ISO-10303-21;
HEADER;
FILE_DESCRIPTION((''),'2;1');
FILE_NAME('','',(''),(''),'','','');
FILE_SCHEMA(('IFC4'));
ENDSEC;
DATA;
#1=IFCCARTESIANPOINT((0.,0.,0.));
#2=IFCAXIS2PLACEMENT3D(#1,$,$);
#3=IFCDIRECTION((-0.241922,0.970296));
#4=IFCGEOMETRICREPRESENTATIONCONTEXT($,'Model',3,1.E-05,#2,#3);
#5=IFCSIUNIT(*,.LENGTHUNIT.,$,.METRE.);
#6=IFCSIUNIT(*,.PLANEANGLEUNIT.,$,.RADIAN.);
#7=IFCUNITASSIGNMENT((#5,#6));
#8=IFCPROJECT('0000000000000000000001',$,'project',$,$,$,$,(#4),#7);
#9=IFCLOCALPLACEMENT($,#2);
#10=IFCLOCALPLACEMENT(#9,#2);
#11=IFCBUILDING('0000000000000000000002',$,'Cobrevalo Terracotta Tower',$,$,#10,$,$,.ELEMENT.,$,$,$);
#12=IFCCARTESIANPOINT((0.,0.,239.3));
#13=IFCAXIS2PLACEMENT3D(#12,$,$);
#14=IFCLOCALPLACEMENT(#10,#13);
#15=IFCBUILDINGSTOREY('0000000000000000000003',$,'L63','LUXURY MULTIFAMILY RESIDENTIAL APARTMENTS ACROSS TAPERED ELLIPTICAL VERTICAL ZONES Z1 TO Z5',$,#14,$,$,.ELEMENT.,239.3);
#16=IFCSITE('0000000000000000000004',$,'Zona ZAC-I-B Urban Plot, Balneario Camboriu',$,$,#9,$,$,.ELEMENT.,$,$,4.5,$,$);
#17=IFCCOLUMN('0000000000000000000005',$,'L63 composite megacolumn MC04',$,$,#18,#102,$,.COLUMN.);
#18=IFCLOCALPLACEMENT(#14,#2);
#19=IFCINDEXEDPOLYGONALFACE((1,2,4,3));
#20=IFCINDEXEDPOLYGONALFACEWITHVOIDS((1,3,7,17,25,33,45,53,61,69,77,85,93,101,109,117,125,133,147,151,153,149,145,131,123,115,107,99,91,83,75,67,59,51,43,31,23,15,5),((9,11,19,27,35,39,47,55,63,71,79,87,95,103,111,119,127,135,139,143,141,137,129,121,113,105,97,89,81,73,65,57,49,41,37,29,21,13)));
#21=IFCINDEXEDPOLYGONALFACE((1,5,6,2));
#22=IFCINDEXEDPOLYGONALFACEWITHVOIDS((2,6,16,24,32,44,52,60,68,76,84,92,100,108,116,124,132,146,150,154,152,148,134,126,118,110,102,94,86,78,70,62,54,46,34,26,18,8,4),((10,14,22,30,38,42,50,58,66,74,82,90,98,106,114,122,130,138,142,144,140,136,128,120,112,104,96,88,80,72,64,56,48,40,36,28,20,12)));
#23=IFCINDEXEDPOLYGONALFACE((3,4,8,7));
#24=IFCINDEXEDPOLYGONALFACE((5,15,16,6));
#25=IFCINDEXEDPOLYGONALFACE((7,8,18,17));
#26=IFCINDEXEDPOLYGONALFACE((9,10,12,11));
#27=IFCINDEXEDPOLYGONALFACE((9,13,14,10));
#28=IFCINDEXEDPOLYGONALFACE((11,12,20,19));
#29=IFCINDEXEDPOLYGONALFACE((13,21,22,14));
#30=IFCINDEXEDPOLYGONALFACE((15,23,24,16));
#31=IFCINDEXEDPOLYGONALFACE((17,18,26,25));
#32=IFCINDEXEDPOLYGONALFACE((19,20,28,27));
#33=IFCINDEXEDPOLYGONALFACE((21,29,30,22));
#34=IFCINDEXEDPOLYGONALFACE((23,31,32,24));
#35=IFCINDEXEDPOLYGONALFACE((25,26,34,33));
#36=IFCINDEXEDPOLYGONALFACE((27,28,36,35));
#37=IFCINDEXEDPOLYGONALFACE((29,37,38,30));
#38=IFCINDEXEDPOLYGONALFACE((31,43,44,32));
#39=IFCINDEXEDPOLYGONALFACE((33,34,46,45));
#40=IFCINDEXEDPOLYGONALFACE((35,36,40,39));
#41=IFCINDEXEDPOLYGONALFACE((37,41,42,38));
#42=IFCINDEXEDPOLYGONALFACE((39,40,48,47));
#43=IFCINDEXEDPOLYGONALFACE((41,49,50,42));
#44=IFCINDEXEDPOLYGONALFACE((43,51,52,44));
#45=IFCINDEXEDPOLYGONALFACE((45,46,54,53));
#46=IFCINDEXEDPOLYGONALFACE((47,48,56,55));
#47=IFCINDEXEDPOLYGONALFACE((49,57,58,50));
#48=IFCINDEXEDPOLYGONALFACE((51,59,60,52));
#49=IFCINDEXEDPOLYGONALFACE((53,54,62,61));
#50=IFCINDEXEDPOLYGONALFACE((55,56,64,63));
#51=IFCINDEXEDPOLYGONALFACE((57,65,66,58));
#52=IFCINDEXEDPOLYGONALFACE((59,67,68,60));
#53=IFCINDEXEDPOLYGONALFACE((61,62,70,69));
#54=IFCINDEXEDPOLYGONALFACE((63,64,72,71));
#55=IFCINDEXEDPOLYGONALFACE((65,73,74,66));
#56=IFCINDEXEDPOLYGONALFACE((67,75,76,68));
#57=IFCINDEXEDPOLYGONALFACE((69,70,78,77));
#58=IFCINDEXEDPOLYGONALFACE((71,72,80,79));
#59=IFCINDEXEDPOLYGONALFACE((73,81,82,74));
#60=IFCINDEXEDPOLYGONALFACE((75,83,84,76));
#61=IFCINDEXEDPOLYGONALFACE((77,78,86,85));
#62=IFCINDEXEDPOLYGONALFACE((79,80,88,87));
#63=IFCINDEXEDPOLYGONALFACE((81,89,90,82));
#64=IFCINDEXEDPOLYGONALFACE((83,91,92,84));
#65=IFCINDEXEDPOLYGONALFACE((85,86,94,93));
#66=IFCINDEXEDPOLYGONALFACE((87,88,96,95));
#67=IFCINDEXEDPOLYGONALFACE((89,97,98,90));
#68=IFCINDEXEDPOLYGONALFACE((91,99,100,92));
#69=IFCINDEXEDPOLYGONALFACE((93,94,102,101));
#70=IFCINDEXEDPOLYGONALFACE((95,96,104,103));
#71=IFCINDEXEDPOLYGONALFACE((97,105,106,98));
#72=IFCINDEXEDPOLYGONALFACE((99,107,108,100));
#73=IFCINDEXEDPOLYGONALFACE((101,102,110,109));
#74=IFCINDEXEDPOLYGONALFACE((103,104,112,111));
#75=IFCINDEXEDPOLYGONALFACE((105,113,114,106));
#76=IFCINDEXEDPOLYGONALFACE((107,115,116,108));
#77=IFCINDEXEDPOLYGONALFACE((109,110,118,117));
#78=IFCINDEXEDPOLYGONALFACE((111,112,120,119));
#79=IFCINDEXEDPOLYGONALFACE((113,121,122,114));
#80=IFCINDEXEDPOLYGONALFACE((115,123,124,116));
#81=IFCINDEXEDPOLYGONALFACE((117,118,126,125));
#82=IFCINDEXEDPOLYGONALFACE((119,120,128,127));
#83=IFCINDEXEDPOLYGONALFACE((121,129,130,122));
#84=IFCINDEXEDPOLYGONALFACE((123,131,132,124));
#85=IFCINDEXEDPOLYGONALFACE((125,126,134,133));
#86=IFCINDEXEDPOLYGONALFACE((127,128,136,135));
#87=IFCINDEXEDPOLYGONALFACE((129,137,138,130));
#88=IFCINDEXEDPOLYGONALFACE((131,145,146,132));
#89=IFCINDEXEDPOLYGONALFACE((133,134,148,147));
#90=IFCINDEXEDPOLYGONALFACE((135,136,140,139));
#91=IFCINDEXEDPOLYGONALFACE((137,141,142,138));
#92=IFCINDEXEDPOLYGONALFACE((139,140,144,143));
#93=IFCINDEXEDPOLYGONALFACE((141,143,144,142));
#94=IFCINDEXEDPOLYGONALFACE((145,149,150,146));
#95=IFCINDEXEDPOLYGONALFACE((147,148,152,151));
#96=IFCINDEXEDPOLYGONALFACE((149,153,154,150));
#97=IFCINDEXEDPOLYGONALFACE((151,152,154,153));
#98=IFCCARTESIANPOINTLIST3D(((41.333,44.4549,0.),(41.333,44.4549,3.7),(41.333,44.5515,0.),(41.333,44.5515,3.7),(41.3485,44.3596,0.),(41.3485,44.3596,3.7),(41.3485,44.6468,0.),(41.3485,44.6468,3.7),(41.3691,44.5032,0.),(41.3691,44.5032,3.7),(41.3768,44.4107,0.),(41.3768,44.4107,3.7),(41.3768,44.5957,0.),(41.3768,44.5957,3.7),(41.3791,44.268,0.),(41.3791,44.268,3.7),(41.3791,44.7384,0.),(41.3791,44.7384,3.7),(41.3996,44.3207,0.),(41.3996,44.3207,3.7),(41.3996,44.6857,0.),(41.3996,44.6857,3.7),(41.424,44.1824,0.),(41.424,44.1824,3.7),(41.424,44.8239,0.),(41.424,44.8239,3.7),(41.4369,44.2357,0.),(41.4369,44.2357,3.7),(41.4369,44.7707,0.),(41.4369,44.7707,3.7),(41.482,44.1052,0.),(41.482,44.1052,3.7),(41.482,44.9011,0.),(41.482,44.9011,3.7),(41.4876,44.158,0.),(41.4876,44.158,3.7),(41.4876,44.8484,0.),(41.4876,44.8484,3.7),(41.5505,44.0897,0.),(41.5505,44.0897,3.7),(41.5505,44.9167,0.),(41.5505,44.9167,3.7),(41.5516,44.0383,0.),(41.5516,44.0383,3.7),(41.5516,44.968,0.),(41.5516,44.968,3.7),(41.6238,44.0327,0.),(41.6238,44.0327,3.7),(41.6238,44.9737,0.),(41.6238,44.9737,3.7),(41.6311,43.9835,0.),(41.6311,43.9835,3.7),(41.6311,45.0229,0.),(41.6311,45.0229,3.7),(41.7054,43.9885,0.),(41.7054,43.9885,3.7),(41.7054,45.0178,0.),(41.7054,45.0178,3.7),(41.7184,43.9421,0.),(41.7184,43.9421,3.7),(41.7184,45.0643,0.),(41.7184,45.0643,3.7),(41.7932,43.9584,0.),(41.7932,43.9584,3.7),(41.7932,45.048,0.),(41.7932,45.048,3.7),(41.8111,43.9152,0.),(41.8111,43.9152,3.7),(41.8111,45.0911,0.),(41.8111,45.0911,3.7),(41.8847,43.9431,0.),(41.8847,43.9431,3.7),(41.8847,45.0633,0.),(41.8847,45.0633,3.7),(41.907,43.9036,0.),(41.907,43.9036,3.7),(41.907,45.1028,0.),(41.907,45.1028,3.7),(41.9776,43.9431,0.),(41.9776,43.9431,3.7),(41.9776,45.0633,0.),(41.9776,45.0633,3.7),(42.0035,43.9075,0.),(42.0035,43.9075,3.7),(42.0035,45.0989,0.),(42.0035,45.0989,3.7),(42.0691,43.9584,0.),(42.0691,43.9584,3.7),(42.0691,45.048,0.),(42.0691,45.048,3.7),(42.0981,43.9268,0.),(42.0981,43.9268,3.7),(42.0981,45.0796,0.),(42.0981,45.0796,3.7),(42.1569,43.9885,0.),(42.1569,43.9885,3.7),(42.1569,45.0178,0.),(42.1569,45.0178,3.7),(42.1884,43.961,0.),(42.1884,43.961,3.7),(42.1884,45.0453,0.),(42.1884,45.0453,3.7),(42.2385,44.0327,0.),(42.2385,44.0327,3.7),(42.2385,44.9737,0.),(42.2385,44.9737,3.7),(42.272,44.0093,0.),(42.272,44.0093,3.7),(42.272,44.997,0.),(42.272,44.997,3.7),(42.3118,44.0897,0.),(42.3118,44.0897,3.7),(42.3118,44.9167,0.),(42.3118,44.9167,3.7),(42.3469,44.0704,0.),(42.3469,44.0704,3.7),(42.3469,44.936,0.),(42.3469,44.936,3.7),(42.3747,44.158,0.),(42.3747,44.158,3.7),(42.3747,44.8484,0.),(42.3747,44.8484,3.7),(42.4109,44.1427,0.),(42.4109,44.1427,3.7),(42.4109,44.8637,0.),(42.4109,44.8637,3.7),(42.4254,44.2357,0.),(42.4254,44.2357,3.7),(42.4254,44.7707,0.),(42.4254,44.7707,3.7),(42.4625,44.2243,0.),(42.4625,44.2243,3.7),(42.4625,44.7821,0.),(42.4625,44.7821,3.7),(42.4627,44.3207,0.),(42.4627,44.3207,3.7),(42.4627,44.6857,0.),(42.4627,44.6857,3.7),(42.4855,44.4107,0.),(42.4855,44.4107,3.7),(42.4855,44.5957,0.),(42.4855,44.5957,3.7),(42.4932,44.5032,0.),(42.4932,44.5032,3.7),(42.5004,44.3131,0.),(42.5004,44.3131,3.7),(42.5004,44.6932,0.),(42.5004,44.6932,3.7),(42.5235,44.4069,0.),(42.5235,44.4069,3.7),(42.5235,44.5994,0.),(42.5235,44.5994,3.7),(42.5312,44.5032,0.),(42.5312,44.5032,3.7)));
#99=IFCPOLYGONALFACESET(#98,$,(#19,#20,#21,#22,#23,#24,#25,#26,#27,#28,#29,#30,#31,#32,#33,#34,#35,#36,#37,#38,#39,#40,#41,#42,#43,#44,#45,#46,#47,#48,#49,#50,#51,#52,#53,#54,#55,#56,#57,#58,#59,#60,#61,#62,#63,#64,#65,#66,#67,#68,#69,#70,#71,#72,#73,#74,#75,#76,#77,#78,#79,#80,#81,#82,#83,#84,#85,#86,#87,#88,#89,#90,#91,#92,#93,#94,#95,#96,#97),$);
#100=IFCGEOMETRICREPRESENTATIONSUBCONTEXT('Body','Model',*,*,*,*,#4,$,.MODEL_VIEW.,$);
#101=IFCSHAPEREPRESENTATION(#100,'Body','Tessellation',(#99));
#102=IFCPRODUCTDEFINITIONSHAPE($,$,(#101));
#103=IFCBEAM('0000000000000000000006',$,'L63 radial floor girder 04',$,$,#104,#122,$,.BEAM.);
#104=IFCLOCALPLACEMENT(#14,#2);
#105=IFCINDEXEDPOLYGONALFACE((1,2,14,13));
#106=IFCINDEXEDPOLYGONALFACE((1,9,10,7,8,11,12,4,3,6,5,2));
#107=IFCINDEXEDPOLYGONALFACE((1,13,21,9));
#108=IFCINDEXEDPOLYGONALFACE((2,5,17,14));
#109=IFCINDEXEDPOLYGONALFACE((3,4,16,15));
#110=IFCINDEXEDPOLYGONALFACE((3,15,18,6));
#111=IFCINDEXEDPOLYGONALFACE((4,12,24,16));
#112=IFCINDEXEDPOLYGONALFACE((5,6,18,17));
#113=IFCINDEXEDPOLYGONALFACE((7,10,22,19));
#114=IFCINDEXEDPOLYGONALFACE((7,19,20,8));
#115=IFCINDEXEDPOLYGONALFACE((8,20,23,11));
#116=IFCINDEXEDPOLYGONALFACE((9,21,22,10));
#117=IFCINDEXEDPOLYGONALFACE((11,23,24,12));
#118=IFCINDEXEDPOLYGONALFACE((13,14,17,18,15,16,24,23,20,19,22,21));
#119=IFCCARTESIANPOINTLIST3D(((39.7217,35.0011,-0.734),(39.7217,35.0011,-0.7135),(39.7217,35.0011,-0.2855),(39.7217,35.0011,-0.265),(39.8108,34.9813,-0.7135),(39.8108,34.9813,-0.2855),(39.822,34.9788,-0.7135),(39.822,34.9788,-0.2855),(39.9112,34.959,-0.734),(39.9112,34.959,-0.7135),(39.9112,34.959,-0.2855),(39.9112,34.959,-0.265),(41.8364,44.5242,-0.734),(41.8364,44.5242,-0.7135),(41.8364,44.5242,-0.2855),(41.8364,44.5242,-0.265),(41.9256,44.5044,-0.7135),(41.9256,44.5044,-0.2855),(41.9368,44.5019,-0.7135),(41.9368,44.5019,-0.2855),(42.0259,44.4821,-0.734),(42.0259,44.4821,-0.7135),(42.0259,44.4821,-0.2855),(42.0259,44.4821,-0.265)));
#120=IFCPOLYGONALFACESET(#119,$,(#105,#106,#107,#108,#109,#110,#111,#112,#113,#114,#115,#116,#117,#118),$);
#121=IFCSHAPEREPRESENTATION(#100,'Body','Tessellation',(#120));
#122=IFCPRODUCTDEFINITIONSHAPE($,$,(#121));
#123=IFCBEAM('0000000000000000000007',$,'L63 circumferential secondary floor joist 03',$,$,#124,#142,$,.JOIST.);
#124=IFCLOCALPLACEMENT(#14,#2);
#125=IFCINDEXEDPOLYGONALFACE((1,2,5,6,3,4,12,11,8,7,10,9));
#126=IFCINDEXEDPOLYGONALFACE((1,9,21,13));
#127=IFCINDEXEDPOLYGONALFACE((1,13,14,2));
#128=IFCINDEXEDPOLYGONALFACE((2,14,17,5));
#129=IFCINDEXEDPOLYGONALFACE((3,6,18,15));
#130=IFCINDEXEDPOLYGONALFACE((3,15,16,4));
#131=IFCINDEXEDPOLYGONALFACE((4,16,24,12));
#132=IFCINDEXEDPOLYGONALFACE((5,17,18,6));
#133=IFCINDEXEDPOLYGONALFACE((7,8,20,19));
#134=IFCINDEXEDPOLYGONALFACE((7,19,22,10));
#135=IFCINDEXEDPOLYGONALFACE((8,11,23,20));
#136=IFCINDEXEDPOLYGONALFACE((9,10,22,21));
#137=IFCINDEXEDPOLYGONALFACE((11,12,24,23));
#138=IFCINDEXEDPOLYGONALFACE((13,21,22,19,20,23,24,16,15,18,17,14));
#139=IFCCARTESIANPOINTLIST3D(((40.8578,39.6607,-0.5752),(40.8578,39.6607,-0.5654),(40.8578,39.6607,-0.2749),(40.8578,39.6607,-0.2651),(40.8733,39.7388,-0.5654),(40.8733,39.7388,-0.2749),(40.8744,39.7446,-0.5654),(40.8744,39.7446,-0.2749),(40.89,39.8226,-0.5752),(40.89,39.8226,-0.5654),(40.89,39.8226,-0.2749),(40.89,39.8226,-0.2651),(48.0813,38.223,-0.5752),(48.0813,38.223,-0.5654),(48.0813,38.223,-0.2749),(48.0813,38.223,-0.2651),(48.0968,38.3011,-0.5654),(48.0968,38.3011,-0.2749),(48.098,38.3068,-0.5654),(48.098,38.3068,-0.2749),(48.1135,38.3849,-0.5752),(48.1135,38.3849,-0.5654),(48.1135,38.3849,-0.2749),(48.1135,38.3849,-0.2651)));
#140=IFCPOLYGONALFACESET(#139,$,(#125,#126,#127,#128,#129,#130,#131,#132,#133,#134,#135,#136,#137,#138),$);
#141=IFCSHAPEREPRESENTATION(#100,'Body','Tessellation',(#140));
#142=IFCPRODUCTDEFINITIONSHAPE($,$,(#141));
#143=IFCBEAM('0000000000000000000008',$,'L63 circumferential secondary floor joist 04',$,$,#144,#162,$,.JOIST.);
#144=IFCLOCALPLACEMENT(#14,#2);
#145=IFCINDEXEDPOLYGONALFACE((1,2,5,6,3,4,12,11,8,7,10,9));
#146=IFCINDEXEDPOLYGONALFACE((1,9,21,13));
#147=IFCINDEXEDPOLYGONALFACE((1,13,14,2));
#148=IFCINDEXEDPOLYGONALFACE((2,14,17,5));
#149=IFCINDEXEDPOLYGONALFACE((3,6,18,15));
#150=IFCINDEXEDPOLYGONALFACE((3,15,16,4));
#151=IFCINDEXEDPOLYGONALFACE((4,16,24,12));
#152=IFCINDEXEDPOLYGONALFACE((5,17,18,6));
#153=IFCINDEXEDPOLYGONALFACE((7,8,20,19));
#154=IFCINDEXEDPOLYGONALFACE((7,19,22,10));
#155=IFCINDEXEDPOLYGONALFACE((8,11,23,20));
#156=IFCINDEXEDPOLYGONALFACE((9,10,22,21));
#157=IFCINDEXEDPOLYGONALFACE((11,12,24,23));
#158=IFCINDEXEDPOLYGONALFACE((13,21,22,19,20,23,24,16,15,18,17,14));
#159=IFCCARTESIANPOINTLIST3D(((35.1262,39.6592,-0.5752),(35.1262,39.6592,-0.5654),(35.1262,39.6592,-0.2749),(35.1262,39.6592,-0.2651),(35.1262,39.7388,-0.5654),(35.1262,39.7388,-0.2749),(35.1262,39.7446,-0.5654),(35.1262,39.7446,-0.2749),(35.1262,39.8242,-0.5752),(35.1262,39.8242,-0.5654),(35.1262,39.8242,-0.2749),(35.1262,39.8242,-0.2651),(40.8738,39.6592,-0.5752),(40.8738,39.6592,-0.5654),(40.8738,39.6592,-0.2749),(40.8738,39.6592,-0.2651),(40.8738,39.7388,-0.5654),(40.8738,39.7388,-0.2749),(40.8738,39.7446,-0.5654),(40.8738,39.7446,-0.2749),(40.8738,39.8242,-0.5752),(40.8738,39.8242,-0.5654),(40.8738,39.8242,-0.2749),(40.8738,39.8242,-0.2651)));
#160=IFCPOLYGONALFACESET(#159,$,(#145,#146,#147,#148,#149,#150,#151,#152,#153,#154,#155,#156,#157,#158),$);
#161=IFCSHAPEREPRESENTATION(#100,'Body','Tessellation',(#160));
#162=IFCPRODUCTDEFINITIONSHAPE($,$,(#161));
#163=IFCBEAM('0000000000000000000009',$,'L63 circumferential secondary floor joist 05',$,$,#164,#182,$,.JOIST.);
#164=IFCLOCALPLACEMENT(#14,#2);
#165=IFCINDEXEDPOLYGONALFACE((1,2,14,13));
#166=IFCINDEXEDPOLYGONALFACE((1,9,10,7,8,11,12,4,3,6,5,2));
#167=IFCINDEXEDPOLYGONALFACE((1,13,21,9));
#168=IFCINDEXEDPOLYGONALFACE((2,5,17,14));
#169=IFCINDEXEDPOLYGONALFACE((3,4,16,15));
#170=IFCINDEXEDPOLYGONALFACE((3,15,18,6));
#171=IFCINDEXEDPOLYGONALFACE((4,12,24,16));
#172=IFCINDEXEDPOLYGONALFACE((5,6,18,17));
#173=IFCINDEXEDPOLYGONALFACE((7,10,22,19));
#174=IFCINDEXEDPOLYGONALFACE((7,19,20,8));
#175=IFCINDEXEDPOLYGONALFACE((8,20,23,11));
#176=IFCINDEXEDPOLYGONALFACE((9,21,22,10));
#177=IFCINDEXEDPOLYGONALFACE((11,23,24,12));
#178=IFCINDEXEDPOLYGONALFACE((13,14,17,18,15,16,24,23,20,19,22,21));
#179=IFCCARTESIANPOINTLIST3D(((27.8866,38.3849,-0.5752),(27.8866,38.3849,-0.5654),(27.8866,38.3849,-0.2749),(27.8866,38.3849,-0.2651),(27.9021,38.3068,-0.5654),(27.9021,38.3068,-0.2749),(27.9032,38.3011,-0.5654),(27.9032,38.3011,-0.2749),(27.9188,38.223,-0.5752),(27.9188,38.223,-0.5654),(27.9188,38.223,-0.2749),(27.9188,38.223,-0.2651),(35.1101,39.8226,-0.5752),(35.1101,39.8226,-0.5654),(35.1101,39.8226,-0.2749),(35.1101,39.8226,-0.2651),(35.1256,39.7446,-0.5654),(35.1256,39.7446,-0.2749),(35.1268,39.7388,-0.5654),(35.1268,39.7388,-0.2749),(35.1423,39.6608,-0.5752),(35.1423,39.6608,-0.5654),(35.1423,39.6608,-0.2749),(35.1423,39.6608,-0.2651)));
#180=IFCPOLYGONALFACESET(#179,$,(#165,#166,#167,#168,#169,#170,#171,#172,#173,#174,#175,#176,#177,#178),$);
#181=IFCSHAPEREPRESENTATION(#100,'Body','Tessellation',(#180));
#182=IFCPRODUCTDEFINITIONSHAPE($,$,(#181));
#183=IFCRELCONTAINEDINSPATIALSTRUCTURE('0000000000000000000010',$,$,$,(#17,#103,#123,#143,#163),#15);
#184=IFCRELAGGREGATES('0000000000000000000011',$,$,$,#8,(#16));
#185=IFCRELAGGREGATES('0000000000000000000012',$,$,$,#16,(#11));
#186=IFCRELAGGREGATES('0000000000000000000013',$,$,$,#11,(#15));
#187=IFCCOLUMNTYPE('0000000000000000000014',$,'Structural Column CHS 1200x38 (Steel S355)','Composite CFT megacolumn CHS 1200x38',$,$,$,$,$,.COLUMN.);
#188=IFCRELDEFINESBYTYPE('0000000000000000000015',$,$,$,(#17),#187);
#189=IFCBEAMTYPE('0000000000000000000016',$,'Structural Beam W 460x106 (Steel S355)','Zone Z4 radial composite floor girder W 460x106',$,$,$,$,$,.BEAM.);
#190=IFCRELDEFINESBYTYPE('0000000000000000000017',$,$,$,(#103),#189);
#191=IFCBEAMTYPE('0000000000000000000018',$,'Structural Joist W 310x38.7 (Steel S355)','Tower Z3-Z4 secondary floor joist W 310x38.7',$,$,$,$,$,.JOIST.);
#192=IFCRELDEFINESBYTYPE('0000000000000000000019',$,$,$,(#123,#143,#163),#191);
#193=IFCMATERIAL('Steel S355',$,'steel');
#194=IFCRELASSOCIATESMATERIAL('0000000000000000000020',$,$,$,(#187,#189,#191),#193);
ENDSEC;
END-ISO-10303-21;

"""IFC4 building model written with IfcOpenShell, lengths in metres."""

from ifc_helpers import new_model, si_unit, direction, frame, origin, origin_2d, place, context, subcontext, project, spatial, hollow_circle, i_section, extrude, material, material_profile, profile_set, type_object, element, save


model = new_model("IFC4")

# Units and contexts
model_context = context("Model", 3, precision=1e-05, world=origin(), true_north=direction((-0.241922, 0.970296)))
body_context = subcontext(model_context, "Body", "Model", "MODEL_VIEW")
ifc_project = project(units=[si_unit("LENGTHUNIT", "METRE"), si_unit("PLANEANGLEUNIT", "RADIAN")], contexts=[model_context])

# Site, building, storey
site_placement = place(None, origin())
site = spatial("IfcSite", under=ifc_project, at=site_placement, Name="Zona ZAC-I-B Urban Plot, Balneario Camboriu", CompositionType="ELEMENT", RefElevation=4.5)
building_placement = place(site_placement, origin())
building = spatial("IfcBuilding", under=site, at=building_placement, Name="Cobrevalo Terracotta Tower", CompositionType="ELEMENT")
storey_placement = place(building_placement, frame((0.0, 0.0, 239.3)))
storey = spatial("IfcBuildingStorey", under=building, at=storey_placement, Name="L63", Description="LUXURY MULTIFAMILY RESIDENTIAL APARTMENTS ACROSS TAPERED ELLIPTICAL VERTICAL ZONES Z1 TO Z5", CompositionType="ELEMENT", Elevation=239.3)

# Column
ifc_material_1 = material(Name="Steel S355", Category="steel")
ifc_material_profile_1 = material_profile(ifc_material_1, hollow_circle(Radius=0.6001, WallThickness=0.0381, at=origin_2d()), Name="CHS 1200x38")
ifc_profile_set_1 = profile_set([ifc_material_profile_1], Name="Steel S355")
column_type = type_object("IfcColumnType", Name="Structural Column CHS 1200x38 (Steel S355)", Description="Composite CFT megacolumn CHS 1200x38", PredefinedType="COLUMN", material=ifc_profile_set_1)
column_placement = place(storey_placement, frame((41.9312, 44.5032, 0.0), z_axis=(0.0, 0.0, 1.0), x_axis=(1.0, 0.0, 0.0)))
element("IfcColumn", 1, at=column_placement, inside=storey, type_object=column_type, Name="L63 composite megacolumn MC04", PredefinedType="COLUMN", context=body_context, shape_type="SweptSolid", body=[
    extrude(hollow_circle(Radius=0.6001, WallThickness=0.0381, at=origin_2d()), origin(), (0.0, 0.0, 1.0), 3.7),
])

# Beams
ifc_material_profile_2 = material_profile(ifc_material_1, i_section(OverallWidth=0.1941, OverallDepth=0.469, WebThickness=0.0115, FlangeThickness=0.0205, at=origin_2d()), Name="W 460x106")
ifc_profile_set_2 = profile_set([ifc_material_profile_2], Name="Steel S355")
beam_type_1 = type_object("IfcBeamType", Name="Structural Beam W 460x106 (Steel S355)", Description="Zone Z4 radial composite floor girder W 460x106", PredefinedType="BEAM", material=ifc_profile_set_2)
beam_1_placement = place(storey_placement, frame((41.9312, 44.5032, -0.4995), z_axis=(-0.216782, -0.97622, 0.0), x_axis=(0.97622, -0.216782, 0.0)))
element("IfcBeam", 2, at=beam_1_placement, inside=storey, type_object=beam_type_1, Name="L63 radial floor girder 04", PredefinedType="BEAM", context=body_context, shape_type="SweptSolid", body=[
    extrude(i_section(OverallWidth=0.1941, OverallDepth=0.469, WebThickness=0.0115, FlangeThickness=0.0205, at=origin_2d()), origin(), (0.0, 0.0, 1.0), 9.7551),
])
ifc_material_profile_3 = material_profile(ifc_material_1, i_section(OverallWidth=0.165, OverallDepth=0.3101, WebThickness=0.0059, FlangeThickness=0.0098, at=origin_2d()), Name="W 310x38.7")
ifc_profile_set_3 = profile_set([ifc_material_profile_3], Name="Steel S355")
beam_type_2 = type_object("IfcBeamType", Name="Structural Joist W 310x38.7 (Steel S355)", Description="Tower Z3-Z4 secondary floor joist W 310x38.7", PredefinedType="JOIST", material=ifc_profile_set_3)
beam_2_placement = place(storey_placement, frame((48.0974, 38.304, -0.4202), z_axis=(-0.980763, 0.195204, 0.0), x_axis=(-0.195204, -0.980763, 0.0)))
element("IfcBeam", 3, at=beam_2_placement, inside=storey, type_object=beam_type_2, Name="L63 circumferential secondary floor joist 03", PredefinedType="JOIST", context=body_context, shape_type="SweptSolid", body=[
    extrude(i_section(OverallWidth=0.165, OverallDepth=0.3101, WebThickness=0.0059, FlangeThickness=0.0098, at=origin_2d()), origin(), (0.0, 0.0, 1.0), 7.3652),
])
beam_3_placement = place(storey_placement, frame((40.8738, 39.7417, -0.4202), z_axis=(-1.0, 0.0, 0.0), x_axis=(0.0, -1.0, 0.0)))
element("IfcBeam", 4, at=beam_3_placement, inside=storey, type_object=beam_type_2, Name="L63 circumferential secondary floor joist 04", PredefinedType="JOIST", context=body_context, shape_type="SweptSolid", body=[
    extrude(i_section(OverallWidth=0.165, OverallDepth=0.3101, WebThickness=0.0059, FlangeThickness=0.0098, at=origin_2d()), origin(), (0.0, 0.0, 1.0), 5.7476),
])
beam_4_placement = place(storey_placement, frame((35.1262, 39.7417, -0.4202), z_axis=(-0.980763, -0.195204, 0.0), x_axis=(0.195204, -0.980763, 0.0)))
element("IfcBeam", 5, at=beam_4_placement, inside=storey, type_object=beam_type_2, Name="L63 circumferential secondary floor joist 05", PredefinedType="JOIST", context=body_context, shape_type="SweptSolid", body=[
    extrude(i_section(OverallWidth=0.165, OverallDepth=0.3101, WebThickness=0.0059, FlangeThickness=0.0098, at=origin_2d()), origin(), (0.0, 0.0, 1.0), 7.3652),
])

save(model, "model.ifc")
